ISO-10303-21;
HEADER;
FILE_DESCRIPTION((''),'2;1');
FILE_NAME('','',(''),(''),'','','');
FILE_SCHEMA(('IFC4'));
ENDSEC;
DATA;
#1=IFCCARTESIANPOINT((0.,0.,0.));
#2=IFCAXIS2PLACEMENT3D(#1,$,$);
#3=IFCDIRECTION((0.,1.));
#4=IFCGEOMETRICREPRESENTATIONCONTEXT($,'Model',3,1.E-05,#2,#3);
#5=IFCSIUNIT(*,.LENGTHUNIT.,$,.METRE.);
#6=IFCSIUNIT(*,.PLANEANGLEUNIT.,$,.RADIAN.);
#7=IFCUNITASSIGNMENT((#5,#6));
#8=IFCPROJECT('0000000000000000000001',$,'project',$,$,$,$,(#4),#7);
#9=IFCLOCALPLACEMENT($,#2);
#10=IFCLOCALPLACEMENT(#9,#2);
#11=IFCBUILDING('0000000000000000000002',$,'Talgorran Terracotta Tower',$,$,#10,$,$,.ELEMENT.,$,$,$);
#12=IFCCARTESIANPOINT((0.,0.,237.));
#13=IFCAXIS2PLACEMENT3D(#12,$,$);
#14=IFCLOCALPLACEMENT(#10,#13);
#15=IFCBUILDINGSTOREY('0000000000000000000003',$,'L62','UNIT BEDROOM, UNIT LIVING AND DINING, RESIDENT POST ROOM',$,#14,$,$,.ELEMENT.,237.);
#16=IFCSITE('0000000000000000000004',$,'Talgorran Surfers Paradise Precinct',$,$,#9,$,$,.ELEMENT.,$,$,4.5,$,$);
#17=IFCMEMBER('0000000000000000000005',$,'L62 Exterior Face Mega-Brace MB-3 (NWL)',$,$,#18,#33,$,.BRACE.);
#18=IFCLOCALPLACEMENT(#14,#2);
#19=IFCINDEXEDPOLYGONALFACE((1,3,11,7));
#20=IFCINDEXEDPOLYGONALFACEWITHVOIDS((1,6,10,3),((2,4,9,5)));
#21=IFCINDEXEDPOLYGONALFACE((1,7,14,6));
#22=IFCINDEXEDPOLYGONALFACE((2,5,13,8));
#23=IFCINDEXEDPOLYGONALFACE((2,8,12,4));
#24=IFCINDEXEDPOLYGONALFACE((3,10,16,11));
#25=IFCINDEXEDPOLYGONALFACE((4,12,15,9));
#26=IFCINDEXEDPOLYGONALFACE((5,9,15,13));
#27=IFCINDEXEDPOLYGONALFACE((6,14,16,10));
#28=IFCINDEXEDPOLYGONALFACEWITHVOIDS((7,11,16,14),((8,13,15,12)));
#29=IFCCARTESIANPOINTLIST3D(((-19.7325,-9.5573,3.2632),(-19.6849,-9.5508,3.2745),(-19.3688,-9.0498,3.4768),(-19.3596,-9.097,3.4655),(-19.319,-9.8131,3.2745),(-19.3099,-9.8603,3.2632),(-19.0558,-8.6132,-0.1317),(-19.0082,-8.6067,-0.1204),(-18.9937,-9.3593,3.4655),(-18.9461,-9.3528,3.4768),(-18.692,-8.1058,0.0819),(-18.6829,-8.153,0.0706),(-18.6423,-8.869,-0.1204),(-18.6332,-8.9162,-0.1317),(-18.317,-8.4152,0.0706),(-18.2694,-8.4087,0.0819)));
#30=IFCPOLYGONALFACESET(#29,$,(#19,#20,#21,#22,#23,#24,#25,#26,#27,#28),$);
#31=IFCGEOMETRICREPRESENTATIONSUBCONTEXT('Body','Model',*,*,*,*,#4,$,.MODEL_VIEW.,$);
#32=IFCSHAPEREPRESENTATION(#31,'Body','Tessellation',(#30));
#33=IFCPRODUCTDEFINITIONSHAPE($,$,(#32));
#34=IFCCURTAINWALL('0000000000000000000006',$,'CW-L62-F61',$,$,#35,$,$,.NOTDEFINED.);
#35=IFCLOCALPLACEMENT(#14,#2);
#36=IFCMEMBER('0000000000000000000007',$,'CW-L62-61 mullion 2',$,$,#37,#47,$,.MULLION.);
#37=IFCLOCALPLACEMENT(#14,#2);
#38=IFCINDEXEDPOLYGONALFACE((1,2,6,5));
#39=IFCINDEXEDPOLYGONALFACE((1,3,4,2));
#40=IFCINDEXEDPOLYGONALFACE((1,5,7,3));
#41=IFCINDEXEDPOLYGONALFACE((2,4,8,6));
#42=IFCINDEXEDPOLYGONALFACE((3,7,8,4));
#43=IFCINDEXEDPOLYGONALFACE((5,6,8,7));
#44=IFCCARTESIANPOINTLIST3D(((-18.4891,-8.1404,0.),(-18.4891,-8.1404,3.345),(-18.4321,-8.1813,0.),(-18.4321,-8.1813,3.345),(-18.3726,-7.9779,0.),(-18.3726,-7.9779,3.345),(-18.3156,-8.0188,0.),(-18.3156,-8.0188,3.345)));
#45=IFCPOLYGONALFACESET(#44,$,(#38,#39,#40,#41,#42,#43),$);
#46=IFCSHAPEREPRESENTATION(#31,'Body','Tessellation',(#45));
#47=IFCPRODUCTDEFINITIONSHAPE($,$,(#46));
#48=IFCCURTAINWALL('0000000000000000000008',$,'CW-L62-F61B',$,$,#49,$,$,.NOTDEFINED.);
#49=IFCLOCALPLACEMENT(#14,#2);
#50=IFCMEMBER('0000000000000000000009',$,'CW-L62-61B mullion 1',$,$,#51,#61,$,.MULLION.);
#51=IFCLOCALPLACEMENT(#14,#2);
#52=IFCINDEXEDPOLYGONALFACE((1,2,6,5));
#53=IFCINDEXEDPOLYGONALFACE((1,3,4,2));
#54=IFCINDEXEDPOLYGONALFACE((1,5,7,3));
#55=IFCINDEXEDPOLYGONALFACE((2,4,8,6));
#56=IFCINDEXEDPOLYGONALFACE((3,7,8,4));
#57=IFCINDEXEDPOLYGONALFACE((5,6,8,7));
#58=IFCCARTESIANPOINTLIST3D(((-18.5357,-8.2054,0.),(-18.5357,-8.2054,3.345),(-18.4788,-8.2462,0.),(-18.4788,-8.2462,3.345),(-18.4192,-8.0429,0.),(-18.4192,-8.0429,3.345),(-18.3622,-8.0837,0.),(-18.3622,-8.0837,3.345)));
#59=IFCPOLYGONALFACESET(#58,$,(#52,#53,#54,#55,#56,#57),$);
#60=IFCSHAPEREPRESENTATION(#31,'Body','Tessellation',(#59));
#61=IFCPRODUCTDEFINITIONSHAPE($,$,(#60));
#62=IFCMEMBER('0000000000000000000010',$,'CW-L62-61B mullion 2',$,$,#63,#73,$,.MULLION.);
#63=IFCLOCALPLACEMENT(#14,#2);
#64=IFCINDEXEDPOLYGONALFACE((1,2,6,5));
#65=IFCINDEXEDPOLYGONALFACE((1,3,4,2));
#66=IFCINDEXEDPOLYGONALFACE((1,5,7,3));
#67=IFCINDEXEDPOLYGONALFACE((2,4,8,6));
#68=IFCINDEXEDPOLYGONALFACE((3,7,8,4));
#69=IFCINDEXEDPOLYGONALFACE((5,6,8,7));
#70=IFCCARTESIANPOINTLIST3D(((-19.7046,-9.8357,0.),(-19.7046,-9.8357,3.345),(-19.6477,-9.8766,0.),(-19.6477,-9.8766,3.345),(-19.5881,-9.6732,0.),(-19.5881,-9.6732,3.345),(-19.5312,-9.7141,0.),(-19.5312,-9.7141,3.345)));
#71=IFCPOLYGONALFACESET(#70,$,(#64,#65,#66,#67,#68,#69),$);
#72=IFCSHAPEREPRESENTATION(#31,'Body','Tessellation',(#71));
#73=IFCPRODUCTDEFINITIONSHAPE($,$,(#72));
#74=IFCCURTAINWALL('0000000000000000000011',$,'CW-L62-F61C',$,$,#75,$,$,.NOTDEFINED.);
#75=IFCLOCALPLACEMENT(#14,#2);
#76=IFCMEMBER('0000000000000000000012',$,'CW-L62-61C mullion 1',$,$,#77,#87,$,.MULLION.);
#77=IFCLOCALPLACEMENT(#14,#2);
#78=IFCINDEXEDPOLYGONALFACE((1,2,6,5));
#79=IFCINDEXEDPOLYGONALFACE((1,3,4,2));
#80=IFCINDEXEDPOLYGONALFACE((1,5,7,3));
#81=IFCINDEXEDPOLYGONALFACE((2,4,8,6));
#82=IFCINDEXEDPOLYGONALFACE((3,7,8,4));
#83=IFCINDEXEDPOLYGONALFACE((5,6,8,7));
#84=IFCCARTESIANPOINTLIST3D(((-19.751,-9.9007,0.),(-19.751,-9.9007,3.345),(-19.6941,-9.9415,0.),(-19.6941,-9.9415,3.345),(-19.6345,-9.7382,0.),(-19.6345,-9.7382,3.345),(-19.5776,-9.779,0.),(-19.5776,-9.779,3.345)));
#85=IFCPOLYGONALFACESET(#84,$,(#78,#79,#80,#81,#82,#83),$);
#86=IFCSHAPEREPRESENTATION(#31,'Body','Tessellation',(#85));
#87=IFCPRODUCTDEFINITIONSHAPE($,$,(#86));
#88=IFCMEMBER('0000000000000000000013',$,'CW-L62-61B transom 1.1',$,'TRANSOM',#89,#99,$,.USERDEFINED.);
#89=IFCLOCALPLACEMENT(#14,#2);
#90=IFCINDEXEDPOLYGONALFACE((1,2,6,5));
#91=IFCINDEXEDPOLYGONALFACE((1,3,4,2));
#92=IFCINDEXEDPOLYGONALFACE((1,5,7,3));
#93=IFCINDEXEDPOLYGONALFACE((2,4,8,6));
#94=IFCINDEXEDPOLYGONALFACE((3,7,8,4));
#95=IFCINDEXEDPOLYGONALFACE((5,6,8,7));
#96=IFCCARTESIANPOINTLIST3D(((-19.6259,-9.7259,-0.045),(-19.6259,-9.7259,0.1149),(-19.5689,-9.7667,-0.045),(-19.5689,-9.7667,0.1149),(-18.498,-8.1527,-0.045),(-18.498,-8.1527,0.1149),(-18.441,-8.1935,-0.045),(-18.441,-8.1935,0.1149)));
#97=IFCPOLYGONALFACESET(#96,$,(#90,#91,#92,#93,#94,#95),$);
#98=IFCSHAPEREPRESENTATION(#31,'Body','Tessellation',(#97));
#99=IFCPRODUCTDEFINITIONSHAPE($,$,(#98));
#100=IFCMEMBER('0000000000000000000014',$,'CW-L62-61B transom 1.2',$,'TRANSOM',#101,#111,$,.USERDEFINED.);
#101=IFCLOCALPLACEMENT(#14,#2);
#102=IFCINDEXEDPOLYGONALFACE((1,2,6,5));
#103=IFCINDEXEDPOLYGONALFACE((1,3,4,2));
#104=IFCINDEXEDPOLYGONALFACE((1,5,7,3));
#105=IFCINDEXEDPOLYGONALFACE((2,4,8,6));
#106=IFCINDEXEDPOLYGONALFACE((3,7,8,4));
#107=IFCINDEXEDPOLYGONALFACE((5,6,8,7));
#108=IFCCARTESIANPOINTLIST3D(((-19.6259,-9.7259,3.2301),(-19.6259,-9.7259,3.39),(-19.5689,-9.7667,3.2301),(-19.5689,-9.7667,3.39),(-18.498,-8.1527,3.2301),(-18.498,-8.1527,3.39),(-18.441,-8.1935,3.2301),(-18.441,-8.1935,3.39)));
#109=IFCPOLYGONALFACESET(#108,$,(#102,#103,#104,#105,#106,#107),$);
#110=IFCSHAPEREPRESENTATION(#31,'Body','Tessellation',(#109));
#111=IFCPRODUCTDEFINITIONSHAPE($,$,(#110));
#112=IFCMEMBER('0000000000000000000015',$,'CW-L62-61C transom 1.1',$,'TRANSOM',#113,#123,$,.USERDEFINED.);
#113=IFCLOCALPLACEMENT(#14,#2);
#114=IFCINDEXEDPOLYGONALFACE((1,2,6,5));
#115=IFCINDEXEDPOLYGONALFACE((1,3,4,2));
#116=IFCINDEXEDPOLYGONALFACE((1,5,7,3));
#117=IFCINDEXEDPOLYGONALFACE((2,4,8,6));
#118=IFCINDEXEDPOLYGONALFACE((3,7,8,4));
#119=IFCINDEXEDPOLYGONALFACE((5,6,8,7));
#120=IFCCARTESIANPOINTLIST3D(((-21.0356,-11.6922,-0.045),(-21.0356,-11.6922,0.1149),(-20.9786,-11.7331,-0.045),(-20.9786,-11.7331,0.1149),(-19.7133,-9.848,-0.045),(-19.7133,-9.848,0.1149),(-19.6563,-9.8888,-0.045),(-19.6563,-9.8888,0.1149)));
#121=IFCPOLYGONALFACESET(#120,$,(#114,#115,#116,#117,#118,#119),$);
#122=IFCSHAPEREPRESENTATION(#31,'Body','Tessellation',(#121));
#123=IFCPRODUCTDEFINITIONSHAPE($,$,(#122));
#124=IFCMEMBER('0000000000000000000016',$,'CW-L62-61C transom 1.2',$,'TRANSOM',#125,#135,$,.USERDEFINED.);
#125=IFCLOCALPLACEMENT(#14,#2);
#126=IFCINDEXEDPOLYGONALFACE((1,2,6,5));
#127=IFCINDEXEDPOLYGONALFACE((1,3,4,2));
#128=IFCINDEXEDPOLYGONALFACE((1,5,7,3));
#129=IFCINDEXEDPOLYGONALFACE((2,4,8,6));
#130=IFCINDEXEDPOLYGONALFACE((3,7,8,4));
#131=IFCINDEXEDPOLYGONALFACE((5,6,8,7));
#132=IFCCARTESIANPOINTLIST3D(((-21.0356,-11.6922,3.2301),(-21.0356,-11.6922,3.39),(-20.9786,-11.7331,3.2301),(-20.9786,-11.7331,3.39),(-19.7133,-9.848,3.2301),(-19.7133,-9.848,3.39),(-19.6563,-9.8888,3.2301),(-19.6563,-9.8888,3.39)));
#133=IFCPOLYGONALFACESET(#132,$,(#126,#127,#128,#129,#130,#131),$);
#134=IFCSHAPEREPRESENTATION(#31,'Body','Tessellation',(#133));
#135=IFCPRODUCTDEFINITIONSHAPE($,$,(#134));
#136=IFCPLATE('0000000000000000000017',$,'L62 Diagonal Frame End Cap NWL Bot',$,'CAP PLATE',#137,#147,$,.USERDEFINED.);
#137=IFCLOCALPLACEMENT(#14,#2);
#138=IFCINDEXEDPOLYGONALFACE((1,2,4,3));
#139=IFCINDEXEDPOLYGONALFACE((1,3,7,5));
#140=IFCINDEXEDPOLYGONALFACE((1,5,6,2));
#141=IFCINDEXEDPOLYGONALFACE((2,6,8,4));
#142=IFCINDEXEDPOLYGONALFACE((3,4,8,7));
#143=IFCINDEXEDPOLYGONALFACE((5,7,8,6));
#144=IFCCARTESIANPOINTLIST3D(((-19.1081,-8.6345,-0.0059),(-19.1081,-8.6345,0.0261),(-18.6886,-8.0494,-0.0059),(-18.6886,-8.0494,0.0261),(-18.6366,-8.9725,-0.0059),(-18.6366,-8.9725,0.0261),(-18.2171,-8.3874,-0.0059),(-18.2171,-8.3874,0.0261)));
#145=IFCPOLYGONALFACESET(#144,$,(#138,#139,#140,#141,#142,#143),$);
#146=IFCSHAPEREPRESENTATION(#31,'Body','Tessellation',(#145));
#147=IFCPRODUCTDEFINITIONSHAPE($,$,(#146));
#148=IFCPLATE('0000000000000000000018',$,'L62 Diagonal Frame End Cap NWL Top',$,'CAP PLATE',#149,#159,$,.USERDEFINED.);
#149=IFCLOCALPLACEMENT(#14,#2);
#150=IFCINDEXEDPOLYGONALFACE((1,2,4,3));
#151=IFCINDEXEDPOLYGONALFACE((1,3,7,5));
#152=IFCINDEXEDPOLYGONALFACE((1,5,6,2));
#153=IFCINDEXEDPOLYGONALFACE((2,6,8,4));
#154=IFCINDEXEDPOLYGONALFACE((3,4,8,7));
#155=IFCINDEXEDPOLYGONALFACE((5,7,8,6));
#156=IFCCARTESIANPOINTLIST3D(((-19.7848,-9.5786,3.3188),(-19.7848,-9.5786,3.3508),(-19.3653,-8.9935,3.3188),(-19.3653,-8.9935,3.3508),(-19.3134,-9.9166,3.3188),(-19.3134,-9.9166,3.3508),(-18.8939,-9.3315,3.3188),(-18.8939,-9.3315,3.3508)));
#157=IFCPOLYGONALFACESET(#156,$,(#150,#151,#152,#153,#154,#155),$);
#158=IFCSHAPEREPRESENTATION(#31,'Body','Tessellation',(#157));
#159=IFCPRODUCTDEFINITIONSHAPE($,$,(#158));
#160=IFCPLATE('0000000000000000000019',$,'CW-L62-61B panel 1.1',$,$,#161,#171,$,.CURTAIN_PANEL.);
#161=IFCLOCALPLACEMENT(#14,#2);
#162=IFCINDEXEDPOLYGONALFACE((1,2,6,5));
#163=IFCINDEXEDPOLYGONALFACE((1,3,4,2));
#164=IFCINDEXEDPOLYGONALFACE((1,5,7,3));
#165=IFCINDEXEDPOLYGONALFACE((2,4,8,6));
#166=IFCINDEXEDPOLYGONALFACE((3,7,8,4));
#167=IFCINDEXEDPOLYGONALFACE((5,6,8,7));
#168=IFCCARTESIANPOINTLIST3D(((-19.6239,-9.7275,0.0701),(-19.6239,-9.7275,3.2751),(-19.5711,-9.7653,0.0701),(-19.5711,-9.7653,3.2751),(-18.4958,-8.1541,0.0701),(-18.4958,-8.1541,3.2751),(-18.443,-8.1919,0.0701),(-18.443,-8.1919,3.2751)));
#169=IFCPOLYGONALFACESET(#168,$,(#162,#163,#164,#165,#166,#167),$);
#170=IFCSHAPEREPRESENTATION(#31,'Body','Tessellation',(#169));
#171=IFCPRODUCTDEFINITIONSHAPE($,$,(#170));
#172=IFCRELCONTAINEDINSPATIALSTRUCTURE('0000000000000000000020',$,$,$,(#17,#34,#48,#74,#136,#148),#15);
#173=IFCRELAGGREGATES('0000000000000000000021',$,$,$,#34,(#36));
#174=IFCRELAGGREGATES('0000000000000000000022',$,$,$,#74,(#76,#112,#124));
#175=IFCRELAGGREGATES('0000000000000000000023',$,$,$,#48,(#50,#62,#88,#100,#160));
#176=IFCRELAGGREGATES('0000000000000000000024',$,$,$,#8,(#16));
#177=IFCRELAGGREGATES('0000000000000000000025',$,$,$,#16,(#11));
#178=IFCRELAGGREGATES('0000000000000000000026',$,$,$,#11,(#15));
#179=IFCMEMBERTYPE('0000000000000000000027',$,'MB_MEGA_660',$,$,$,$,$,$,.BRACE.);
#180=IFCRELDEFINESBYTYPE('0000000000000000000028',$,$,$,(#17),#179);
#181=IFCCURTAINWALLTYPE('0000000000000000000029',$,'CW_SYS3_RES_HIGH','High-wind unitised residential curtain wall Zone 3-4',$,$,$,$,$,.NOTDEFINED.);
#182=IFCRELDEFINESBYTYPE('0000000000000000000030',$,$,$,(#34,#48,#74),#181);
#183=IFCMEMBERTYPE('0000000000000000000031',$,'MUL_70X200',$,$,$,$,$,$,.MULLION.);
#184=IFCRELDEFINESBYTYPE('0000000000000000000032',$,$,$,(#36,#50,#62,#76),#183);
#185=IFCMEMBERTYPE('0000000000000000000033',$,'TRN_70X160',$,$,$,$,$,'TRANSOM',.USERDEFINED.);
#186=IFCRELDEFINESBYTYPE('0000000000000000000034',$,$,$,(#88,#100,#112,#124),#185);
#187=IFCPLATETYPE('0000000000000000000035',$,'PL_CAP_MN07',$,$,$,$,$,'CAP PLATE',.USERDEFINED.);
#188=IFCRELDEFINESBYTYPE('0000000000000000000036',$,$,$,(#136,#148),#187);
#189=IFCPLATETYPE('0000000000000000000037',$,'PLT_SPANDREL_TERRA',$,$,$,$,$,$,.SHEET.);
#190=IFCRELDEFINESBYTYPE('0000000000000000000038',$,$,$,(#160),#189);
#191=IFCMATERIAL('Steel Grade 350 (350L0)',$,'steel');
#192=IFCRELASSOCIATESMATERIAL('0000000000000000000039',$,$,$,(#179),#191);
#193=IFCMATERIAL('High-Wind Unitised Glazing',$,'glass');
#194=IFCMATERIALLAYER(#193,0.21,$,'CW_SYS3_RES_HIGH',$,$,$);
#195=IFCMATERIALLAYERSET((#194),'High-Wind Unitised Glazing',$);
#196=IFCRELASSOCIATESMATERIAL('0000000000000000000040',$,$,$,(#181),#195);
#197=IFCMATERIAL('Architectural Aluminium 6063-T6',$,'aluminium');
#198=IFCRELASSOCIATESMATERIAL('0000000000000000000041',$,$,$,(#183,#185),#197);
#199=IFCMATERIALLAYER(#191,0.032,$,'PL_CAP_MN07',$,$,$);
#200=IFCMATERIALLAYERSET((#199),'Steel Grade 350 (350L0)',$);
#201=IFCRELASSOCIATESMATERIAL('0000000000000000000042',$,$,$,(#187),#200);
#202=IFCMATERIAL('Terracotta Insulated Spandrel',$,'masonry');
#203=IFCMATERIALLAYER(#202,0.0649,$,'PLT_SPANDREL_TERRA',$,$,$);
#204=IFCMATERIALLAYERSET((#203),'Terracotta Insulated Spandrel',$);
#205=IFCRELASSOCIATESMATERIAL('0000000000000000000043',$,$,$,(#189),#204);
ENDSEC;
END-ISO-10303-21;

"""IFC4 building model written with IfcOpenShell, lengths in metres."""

from ifc_helpers import new_model, si_unit, direction, frame, origin, origin_2d, place, context, subcontext, project, spatial, rectangle, hollow_rectangle, extrude, source, transform, mapped, material, layer, layer_set, material_profile, profile_set, type_object, type_shapes, element, aggregate, save


model = new_model("IFC4")

# Units and contexts
model_context = context("Model", 3, precision=1e-05, world=origin(), true_north=direction((0.0, 1.0)))
body_context = subcontext(model_context, "Body", "Model", "MODEL_VIEW")
ifc_project = project(units=[si_unit("LENGTHUNIT", "METRE"), si_unit("PLANEANGLEUNIT", "RADIAN")], contexts=[model_context])

# Site, building, storey
site_placement = place(None, origin())
site = spatial("IfcSite", under=ifc_project, at=site_placement, Name="Talgorran Surfers Paradise Precinct", CompositionType="ELEMENT", RefElevation=4.5)
building_placement = place(site_placement, origin())
building = spatial("IfcBuilding", under=site, at=building_placement, Name="Talgorran Terracotta Tower", CompositionType="ELEMENT")
storey_placement = place(building_placement, frame((0.0, 0.0, 237.0)))
storey = spatial("IfcBuildingStorey", under=building, at=storey_placement, Name="L62", Description="UNIT BEDROOM, UNIT LIVING AND DINING, RESIDENT POST ROOM", CompositionType="ELEMENT", Elevation=237.0)

# Member
ifc_material_1 = material(Name="Steel Grade 350 (350L0)", Category="steel")
ifc_material_profile_1 = material_profile(ifc_material_1, hollow_rectangle(XDim=0.52, YDim=0.6599, WallThickness=0.0349, at=origin_2d()), Name="WBOX660X520X35")
ifc_profile_set_1 = profile_set([ifc_material_profile_1], Name="Steel Grade 350 (350L0)")
member_type_1 = type_object("IfcMemberType", Name="MB_MEGA_660", PredefinedType="BRACE", material=ifc_profile_set_1)
member_1_placement = place(storey_placement, frame((-18.6626, -8.511, -0.0249), z_axis=(-0.188604, -0.263107, 0.946152), x_axis=(0.812752, -0.582609, 0.0)))
element("IfcMember", 1, at=member_1_placement, inside=storey, type_object=member_type_1, Name="L62 Exterior Face Mega-Brace MB-3 (NWL)", PredefinedType="BRACE", context=body_context, shape_type="SweptSolid", body=[
    extrude(hollow_rectangle(XDim=0.52, YDim=0.6599, WallThickness=0.0349, at=origin_2d()), origin(), (0.0, 0.0, 1.0), 3.5881),
])

# Curtain wall, member
ifc_material_2 = material(Name="High-Wind Unitised Glazing", Category="glass")
ifc_layer_1 = layer(ifc_material_2, 0.21, Name="CW_SYS3_RES_HIGH")
ifc_layer_set_1 = layer_set([ifc_layer_1], Name="High-Wind Unitised Glazing")
curtain_wall_type = type_object("IfcCurtainWallType", Name="CW_SYS3_RES_HIGH", Description="High-wind unitised residential curtain wall Zone 3-4", PredefinedType="NOTDEFINED", material=ifc_layer_set_1)
curtain_wall_1_placement = place(storey_placement, origin())
curtain_wall_1 = element("IfcCurtainWall", 2, at=curtain_wall_1_placement, inside=storey, type_object=curtain_wall_type, Name="CW-L62-F61", PredefinedType="NOTDEFINED")
ifc_material_3 = material(Name="Architectural Aluminium 6063-T6", Category="aluminium")
ifc_material_profile_2 = material_profile(ifc_material_3, rectangle(XDim=0.0701, YDim=0.2, at=origin_2d()), Name="CWM70X200")
ifc_profile_set_2 = profile_set([ifc_material_profile_2], Name="Architectural Aluminium 6063-T6")
member_type_2 = type_object("IfcMemberType", Name="MUL_70X200", PredefinedType="MULLION", material=ifc_profile_set_2)
member_2_placement = place(storey_placement, frame((-18.4023, -8.0796, 0.0), z_axis=(0.0, 0.0, 1.0), x_axis=(0.812711, -0.582668, 0.0)))
member_2 = element("IfcMember", 3, at=member_2_placement, type_object=member_type_2, Name="CW-L62-61 mullion 2", PredefinedType="MULLION", context=body_context, shape_type="SweptSolid", body=[
    extrude(rectangle(XDim=0.0701, YDim=0.2, at=origin_2d()), origin(), (0.0, 0.0, 1.0), 3.345),
])
aggregate(curtain_wall_1, [member_2])

# Curtain wall, members
curtain_wall_2_placement = place(storey_placement, origin())
curtain_wall_2 = element("IfcCurtainWall", 4, at=curtain_wall_2_placement, inside=storey, type_object=curtain_wall_type, Name="CW-L62-F61B", PredefinedType="NOTDEFINED")
member_3_placement = place(storey_placement, frame((-18.449, -8.1445, 0.0), z_axis=(0.0, 0.0, 1.0), x_axis=(0.8127, -0.582682, 0.0)))
member_3 = element("IfcMember", 5, at=member_3_placement, type_object=member_type_2, Name="CW-L62-61B mullion 1", PredefinedType="MULLION", context=body_context, shape_type="SweptSolid", body=[
    extrude(rectangle(XDim=0.0701, YDim=0.2, at=origin_2d()), origin(), (0.0, 0.0, 1.0), 3.345),
])
member_4_placement = place(storey_placement, frame((-19.6179, -9.7749, 0.0), z_axis=(0.0, 0.0, 1.0), x_axis=(0.8127, -0.582682, 0.0)))
member_4 = element("IfcMember", 6, at=member_4_placement, type_object=member_type_2, Name="CW-L62-61B mullion 2", PredefinedType="MULLION", context=body_context, shape_type="SweptSolid", body=[
    extrude(rectangle(XDim=0.0701, YDim=0.2, at=origin_2d()), origin(), (0.0, 0.0, 1.0), 3.345),
])

# Curtain wall, member
curtain_wall_3_placement = place(storey_placement, origin())
curtain_wall_3 = element("IfcCurtainWall", 7, at=curtain_wall_3_placement, inside=storey, type_object=curtain_wall_type, Name="CW-L62-F61C", PredefinedType="NOTDEFINED")
member_5_placement = place(storey_placement, frame((-19.6643, -9.8398, 0.0), z_axis=(0.0, 0.0, 1.0), x_axis=(0.812706, -0.582674, 0.0)))
member_5 = element("IfcMember", 8, at=member_5_placement, type_object=member_type_2, Name="CW-L62-61C mullion 1", PredefinedType="MULLION", context=body_context, shape_type="SweptSolid", body=[
    extrude(rectangle(XDim=0.0701, YDim=0.2, at=origin_2d()), origin(), (0.0, 0.0, 1.0), 3.345),
])

# Members
ifc_material_profile_3 = material_profile(ifc_material_3, rectangle(XDim=0.0701, YDim=0.1599, at=origin_2d()), Name="CWT70X160")
ifc_profile_set_3 = profile_set([ifc_material_profile_3], Name="Architectural Aluminium 6063-T6")
member_type_3 = type_object("IfcMemberType", Name="TRN_70X160", ElementType="TRANSOM", PredefinedType="USERDEFINED", material=ifc_profile_set_3)
member_6_placement = place(storey_placement, frame((-18.4695, -8.1731, 0.0349), z_axis=(-0.582669, -0.81271, 0.0), x_axis=(0.81271, -0.582669, 0.0)))
member_6 = element("IfcMember", 9, at=member_6_placement, type_object=member_type_3, Name="CW-L62-61B transom 1.1", ObjectType="TRANSOM", PredefinedType="USERDEFINED", context=body_context, shape_type="SweptSolid", body=[
    extrude(rectangle(XDim=0.0701, YDim=0.1599, at=origin_2d()), origin(), (0.0, 0.0, 1.0), 1.9358),
])
member_7_placement = place(storey_placement, frame((-18.4695, -8.1731, 3.3101), z_axis=(-0.582669, -0.81271, 0.0), x_axis=(0.81271, -0.582669, 0.0)))
member_7 = element("IfcMember", 10, at=member_7_placement, type_object=member_type_3, Name="CW-L62-61B transom 1.2", ObjectType="TRANSOM", PredefinedType="USERDEFINED", context=body_context, shape_type="SweptSolid", body=[
    extrude(rectangle(XDim=0.0701, YDim=0.1599, at=origin_2d()), origin(), (0.0, 0.0, 1.0), 1.9358),
])
member_8_placement = place(storey_placement, frame((-19.6848, -9.8684, 0.0349), z_axis=(-0.582682, -0.8127, 0.0), x_axis=(0.8127, -0.582682, 0.0)))
member_8 = element("IfcMember", 11, at=member_8_placement, type_object=member_type_3, Name="CW-L62-61C transom 1.1", ObjectType="TRANSOM", PredefinedType="USERDEFINED", context=body_context, shape_type="SweptSolid", body=[
    extrude(rectangle(XDim=0.0701, YDim=0.1599, at=origin_2d()), origin(), (0.0, 0.0, 1.0), 2.2693),
])
member_9_placement = place(storey_placement, frame((-19.6848, -9.8684, 3.3101), z_axis=(-0.582682, -0.8127, 0.0), x_axis=(0.8127, -0.582682, 0.0)))
member_9 = element("IfcMember", 12, at=member_9_placement, type_object=member_type_3, Name="CW-L62-61C transom 1.2", ObjectType="TRANSOM", PredefinedType="USERDEFINED", context=body_context, shape_type="SweptSolid", body=[
    extrude(rectangle(XDim=0.0701, YDim=0.1599, at=origin_2d()), origin(), (0.0, 0.0, 1.0), 2.2693),
])
aggregate(curtain_wall_3, [member_5, member_8, member_9])

# Plates
ifc_layer_2 = layer(ifc_material_1, 0.032, Name="PL_CAP_MN07")
ifc_layer_set_2 = layer_set([ifc_layer_2], Name="Steel Grade 350 (350L0)")
plate_type_1 = type_object("IfcPlateType", Name="PL_CAP_MN07", ElementType="CAP PLATE", PredefinedType="USERDEFINED", material=ifc_layer_set_2)
for number, where, z_axis, x_axis, name in (
    (13, (-18.6626, -8.511, -0.0059), (0.0, 0.0, 1.0), (-0.58269, -0.812694, 0.0), "L62 Diagonal Frame End Cap NWL Bot"),
    (14, (-19.3394, -9.4551, 3.3188), (0.0, 0.0, 1.0), (-0.58269, -0.812694, 0.0), "L62 Diagonal Frame End Cap NWL Top"),
):
    element("IfcPlate", number, at=place(storey_placement, frame(where, z_axis=z_axis, x_axis=x_axis)), inside=storey, type_object=plate_type_1, Name=name, ObjectType="CAP PLATE", PredefinedType="USERDEFINED", context=body_context, shape_type="SweptSolid", body=[
        extrude(rectangle(XDim=0.72, YDim=0.5801, at=origin_2d()), origin(), (0.0, 0.0, 1.0), 0.032),
    ])

# Plate
ifc_material_4 = material(Name="Terracotta Insulated Spandrel", Category="masonry")
ifc_layer_3 = layer(ifc_material_4, 0.0649, Name="PLT_SPANDREL_TERRA")
ifc_layer_set_3 = layer_set([ifc_layer_3], Name="Terracotta Insulated Spandrel")
plate_type_2 = type_object("IfcPlateType", Name="PLT_SPANDREL_TERRA", PredefinedType="SHEET", material=ifc_layer_set_3)
shared_shape = source(origin(), body_context, "Body", "SweptSolid", [
    extrude(rectangle(XDim=1.936, YDim=0.0649, at=origin_2d()), origin(), (0.0, 0.0, 1.0), 3.2051),
])
type_shapes(plate_type_2, [shared_shape])
plate_placement = place(storey_placement, frame((-19.0334, -8.9597, 0.0701), z_axis=(0.0, 0.0, 1.0), x_axis=(-0.582682, -0.8127, 0.0)))
plate = element("IfcPlate", 15, at=plate_placement, type_object=plate_type_2, Name="CW-L62-61B panel 1.1", PredefinedType="CURTAIN_PANEL", context=body_context, shape_type="MappedRepresentation", body=[
    mapped(shared_shape, transform((0.0, 0.0, 0.0), scale=1.0)),
])
aggregate(curtain_wall_2, [member_3, member_4, member_6, member_7, plate])

save(model, "model.ifc")
